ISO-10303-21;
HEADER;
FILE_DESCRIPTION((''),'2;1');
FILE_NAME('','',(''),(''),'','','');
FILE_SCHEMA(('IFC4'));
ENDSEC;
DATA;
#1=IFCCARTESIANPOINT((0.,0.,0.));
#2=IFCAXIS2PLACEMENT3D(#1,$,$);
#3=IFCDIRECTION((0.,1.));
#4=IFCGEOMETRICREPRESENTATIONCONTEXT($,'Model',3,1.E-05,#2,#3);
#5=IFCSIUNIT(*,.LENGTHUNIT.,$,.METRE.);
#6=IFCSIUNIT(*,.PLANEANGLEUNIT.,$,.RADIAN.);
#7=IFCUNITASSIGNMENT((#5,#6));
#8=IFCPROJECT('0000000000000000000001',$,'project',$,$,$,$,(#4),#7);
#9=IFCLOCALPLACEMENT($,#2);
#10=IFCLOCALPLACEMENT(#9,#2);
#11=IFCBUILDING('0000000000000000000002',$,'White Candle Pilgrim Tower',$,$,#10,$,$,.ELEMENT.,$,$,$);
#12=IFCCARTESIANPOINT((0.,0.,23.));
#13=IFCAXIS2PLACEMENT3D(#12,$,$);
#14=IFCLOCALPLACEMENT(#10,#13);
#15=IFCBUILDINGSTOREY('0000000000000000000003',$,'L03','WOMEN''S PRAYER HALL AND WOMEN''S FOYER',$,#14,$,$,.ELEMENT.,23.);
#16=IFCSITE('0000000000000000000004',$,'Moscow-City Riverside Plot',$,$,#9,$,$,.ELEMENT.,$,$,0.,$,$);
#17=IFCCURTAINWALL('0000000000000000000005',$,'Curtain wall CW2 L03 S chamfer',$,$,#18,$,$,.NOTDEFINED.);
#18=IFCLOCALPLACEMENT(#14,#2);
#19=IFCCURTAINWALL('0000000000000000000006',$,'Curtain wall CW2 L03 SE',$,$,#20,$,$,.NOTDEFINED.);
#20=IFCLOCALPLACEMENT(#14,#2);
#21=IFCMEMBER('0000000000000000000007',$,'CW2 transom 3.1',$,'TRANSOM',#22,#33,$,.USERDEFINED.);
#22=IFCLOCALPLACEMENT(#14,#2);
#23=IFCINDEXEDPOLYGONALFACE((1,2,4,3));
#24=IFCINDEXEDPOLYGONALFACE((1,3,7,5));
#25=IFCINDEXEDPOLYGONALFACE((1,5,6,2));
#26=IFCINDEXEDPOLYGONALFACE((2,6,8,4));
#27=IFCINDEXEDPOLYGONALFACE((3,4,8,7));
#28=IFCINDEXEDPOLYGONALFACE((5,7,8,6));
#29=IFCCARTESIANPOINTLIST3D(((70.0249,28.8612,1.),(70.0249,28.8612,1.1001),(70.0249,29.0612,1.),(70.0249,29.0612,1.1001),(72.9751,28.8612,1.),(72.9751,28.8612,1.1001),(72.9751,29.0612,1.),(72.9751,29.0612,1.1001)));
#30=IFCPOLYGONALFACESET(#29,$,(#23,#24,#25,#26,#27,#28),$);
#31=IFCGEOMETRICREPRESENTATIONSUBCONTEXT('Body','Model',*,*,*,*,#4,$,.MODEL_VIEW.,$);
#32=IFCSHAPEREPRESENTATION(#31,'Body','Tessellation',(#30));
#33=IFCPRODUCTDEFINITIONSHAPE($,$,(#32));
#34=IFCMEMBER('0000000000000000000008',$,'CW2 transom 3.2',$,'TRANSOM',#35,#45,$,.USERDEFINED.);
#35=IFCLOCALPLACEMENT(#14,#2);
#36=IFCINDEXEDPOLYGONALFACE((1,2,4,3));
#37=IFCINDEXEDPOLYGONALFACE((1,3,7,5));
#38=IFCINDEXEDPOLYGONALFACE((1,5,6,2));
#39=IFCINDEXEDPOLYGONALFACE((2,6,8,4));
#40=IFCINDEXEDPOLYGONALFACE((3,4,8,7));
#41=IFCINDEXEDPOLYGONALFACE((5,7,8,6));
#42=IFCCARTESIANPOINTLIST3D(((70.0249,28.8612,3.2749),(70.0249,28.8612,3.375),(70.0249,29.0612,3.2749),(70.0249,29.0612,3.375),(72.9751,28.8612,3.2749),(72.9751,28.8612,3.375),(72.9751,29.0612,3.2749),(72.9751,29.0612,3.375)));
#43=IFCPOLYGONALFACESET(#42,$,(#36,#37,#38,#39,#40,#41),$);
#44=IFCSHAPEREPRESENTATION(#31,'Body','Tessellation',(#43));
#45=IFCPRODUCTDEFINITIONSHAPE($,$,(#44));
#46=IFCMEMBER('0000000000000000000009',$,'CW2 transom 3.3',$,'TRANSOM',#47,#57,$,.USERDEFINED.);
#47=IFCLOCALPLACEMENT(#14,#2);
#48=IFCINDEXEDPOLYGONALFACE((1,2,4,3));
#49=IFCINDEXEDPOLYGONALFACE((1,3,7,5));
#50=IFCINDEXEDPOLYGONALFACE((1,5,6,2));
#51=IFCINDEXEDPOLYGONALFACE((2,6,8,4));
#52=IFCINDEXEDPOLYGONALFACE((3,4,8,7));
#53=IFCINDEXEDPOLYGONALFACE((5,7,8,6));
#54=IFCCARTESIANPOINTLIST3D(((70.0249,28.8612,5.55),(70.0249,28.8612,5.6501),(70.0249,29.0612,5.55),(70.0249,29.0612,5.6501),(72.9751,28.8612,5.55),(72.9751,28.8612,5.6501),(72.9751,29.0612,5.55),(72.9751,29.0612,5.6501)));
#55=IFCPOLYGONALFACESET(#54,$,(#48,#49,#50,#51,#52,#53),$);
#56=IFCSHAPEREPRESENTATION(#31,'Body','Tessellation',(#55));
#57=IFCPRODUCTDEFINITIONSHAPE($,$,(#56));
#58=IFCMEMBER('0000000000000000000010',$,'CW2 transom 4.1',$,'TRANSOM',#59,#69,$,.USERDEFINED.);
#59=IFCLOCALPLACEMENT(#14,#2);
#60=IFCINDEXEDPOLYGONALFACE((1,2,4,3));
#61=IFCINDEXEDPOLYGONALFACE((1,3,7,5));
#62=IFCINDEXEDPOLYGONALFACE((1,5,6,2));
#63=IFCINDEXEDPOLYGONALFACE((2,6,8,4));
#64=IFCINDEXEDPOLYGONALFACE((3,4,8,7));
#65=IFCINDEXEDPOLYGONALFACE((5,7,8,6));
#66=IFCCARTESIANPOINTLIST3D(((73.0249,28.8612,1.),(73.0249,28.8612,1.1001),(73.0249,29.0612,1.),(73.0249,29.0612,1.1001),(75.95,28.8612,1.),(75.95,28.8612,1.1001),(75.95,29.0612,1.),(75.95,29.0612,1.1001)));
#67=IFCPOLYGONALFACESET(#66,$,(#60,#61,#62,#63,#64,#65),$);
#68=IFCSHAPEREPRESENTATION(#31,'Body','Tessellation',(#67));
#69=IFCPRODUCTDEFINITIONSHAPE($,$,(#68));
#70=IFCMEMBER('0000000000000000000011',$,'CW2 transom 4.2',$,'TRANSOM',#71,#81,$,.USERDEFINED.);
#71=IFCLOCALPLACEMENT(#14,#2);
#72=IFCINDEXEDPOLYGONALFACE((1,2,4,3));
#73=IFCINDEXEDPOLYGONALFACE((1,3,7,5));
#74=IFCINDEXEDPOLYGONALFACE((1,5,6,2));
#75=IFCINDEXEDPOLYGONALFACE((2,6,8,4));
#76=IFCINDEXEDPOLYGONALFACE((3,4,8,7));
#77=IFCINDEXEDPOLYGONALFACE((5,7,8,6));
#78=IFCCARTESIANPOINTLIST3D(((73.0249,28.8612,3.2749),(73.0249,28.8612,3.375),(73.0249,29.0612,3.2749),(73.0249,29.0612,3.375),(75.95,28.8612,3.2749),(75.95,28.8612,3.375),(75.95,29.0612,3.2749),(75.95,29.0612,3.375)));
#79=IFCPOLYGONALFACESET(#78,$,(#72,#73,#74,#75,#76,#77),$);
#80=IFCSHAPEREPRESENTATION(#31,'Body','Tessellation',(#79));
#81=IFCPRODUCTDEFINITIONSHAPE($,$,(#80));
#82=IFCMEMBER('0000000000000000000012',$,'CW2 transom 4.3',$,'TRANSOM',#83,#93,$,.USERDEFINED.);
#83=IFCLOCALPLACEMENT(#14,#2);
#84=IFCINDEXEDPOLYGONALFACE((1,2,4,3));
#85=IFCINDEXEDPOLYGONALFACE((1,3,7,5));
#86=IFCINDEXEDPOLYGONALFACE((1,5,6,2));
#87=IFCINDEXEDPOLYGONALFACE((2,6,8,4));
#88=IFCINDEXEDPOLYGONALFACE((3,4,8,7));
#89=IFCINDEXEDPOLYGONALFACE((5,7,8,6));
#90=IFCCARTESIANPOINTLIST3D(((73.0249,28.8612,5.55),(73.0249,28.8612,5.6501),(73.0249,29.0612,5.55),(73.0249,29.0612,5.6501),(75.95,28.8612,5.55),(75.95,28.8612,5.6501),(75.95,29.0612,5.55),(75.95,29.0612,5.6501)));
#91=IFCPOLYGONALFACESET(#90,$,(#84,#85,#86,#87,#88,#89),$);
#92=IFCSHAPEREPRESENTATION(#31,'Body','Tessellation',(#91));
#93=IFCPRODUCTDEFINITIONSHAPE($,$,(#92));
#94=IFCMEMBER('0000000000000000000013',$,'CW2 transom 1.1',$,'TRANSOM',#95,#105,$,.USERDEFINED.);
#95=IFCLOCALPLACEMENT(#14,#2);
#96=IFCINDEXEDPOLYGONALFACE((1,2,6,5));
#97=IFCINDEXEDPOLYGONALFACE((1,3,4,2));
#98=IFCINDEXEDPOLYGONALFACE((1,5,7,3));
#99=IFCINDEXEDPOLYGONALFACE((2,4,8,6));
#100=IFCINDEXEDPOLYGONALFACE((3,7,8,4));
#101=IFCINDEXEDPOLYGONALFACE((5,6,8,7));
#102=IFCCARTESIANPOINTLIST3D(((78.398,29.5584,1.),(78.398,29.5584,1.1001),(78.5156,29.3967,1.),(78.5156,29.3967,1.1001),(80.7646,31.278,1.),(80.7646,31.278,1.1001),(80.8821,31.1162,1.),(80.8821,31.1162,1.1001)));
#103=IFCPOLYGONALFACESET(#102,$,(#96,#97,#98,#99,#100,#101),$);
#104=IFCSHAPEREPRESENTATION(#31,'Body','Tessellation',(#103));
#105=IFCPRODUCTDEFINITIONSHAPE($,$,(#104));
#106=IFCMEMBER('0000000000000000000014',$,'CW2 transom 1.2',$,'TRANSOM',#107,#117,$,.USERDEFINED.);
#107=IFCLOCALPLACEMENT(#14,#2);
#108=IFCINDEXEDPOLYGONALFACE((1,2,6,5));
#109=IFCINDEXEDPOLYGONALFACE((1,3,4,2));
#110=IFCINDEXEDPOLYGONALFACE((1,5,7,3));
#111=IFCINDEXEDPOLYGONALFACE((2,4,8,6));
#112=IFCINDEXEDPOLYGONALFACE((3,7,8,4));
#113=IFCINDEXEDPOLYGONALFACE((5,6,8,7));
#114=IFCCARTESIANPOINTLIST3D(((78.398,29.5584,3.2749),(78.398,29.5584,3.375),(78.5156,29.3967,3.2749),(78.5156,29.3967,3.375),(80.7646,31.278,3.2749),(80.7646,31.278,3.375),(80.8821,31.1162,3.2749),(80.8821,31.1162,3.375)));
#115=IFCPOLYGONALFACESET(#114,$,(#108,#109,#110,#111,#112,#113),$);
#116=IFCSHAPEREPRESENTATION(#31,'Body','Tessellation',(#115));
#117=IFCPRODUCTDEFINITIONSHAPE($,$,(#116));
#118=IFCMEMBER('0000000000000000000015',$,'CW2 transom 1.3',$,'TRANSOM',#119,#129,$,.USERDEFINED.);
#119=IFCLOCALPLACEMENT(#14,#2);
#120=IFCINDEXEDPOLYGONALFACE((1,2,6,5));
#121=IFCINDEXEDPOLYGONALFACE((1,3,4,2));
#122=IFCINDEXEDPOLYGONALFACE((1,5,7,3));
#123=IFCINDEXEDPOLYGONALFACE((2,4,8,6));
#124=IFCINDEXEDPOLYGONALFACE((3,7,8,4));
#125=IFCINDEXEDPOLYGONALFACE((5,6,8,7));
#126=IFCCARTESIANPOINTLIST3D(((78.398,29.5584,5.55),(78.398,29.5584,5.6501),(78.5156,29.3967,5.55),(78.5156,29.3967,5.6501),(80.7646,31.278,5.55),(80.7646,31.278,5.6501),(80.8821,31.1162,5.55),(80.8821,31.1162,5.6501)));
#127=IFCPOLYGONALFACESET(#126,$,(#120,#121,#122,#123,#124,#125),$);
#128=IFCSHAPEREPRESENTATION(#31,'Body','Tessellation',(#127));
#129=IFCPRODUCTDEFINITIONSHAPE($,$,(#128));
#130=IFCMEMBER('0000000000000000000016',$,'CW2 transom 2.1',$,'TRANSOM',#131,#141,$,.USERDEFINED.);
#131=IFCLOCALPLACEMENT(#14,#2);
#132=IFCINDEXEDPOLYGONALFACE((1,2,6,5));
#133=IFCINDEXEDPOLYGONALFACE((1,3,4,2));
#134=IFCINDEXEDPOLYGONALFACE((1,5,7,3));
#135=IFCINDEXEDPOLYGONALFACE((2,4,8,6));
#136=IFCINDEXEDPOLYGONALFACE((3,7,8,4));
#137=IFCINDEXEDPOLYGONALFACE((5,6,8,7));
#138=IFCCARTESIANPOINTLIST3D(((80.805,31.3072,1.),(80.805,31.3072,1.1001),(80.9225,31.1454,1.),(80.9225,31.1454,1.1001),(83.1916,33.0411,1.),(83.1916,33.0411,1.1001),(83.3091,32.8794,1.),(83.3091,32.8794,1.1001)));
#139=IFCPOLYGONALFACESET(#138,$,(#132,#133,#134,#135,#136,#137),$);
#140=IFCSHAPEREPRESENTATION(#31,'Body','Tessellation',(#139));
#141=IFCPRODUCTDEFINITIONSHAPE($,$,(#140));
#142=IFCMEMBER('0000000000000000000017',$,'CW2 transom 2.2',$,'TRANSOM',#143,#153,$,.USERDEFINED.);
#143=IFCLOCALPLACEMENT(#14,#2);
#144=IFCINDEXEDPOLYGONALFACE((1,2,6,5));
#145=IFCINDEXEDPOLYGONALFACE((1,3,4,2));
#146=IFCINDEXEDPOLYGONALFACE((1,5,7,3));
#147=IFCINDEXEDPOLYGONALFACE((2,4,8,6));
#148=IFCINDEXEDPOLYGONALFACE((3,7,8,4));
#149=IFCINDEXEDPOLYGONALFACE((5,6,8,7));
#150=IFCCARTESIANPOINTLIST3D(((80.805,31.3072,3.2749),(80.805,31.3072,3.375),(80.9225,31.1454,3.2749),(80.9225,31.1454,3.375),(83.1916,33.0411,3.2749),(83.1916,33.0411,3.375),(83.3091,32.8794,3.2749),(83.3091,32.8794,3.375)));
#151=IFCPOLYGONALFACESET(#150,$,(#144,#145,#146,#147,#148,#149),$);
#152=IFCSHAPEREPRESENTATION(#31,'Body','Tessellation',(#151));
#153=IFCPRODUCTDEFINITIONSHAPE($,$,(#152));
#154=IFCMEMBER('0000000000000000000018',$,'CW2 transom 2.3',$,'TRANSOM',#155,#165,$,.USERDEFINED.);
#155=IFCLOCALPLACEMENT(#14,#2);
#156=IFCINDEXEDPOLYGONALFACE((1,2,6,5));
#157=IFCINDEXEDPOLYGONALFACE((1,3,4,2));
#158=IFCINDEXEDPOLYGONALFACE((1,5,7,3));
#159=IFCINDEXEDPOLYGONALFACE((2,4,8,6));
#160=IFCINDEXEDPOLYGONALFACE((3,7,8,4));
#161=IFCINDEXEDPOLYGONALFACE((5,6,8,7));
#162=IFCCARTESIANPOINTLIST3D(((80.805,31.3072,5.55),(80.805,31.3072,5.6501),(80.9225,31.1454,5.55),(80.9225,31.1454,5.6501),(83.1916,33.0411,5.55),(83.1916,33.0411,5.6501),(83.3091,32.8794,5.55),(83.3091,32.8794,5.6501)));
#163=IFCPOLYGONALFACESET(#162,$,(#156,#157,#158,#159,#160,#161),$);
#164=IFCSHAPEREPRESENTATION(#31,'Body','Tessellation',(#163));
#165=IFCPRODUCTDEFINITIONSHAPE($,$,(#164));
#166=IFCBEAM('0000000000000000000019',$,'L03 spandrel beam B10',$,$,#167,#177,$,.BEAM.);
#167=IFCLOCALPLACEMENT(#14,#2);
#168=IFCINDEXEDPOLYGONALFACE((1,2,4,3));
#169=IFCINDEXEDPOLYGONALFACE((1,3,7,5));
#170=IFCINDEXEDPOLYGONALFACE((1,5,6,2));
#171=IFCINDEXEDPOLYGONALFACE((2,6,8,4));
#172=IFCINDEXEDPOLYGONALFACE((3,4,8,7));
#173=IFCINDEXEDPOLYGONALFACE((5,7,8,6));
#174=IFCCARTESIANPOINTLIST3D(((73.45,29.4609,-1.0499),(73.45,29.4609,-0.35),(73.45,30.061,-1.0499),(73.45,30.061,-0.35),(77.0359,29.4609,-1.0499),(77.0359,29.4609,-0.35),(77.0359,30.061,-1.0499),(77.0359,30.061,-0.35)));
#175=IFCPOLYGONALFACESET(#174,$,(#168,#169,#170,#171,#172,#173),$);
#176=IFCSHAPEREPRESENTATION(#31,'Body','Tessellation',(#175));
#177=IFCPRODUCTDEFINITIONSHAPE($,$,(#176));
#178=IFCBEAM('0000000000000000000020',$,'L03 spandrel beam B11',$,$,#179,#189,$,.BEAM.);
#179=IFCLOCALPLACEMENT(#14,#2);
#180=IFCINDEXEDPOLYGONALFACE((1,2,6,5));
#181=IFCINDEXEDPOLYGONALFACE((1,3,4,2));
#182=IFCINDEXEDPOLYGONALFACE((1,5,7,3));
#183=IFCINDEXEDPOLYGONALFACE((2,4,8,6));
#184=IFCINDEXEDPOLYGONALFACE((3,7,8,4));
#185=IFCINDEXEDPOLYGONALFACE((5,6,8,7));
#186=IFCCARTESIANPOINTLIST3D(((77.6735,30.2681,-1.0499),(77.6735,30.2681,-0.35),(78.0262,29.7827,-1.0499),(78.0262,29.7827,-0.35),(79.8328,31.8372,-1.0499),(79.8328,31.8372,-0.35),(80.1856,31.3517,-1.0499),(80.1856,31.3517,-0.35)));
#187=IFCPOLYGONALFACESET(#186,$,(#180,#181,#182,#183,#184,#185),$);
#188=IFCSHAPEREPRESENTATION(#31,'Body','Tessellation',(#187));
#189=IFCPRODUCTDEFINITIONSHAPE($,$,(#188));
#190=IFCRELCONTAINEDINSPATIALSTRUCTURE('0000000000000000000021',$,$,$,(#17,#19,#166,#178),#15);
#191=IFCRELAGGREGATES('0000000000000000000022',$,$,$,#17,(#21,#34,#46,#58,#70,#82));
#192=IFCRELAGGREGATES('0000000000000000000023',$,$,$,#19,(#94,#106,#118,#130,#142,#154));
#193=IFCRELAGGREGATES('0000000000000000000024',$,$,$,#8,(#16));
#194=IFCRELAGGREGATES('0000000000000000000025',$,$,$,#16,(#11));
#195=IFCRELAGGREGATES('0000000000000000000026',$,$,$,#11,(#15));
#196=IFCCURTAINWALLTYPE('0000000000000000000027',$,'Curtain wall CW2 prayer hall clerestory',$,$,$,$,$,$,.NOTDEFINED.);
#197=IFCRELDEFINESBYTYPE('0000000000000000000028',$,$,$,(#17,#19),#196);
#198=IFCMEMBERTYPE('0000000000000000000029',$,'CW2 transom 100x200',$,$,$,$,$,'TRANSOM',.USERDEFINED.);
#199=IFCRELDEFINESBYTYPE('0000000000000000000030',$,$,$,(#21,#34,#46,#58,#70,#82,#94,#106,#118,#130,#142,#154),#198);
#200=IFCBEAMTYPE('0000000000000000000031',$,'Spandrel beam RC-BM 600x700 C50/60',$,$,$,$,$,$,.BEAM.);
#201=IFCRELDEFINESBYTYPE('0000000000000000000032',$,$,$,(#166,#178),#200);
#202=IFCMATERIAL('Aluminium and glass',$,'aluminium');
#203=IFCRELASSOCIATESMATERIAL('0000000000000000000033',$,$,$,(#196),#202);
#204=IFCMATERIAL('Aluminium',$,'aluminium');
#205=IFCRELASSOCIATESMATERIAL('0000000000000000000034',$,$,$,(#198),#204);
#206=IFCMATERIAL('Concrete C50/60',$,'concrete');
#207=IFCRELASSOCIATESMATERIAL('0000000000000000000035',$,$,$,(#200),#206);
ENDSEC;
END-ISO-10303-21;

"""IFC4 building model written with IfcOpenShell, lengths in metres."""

from ifc_helpers import new_model, si_unit, direction, frame, origin, origin_2d, place, context, subcontext, project, spatial, rectangle, extrude, material, material_profile, profile_set, type_object, element, aggregate, save


model = new_model("IFC4")

# Units and contexts
model_context = context("Model", 3, precision=1e-05, world=origin(), true_north=direction((0.0, 1.0)))
body_context = subcontext(model_context, "Body", "Model", "MODEL_VIEW")
ifc_project = project(units=[si_unit("LENGTHUNIT", "METRE"), si_unit("PLANEANGLEUNIT", "RADIAN")], contexts=[model_context])

# Site, building, storey
site_placement = place(None, origin())
site = spatial("IfcSite", under=ifc_project, at=site_placement, Name="Moscow-City Riverside Plot", CompositionType="ELEMENT", RefElevation=0.0)
building_placement = place(site_placement, origin())
building = spatial("IfcBuilding", under=site, at=building_placement, Name="White Candle Pilgrim Tower", CompositionType="ELEMENT")
storey_placement = place(building_placement, frame((0.0, 0.0, 23.0)))
storey = spatial("IfcBuildingStorey", under=building, at=storey_placement, Name="L03", Description="WOMEN'S PRAYER HALL AND WOMEN'S FOYER", CompositionType="ELEMENT", Elevation=23.0)

# Curtain walls
ifc_material_1 = material(Name="Aluminium and glass", Category="aluminium")
curtain_wall_type = type_object("IfcCurtainWallType", Name="Curtain wall CW2 prayer hall clerestory", PredefinedType="NOTDEFINED", material=ifc_material_1)
curtain_wall_1_placement = place(storey_placement, origin())
curtain_wall_1 = element("IfcCurtainWall", 1, at=curtain_wall_1_placement, inside=storey, type_object=curtain_wall_type, Name="Curtain wall CW2 L03 S chamfer", PredefinedType="NOTDEFINED")
ifc_material_2 = material(Name="Aluminium", Category="aluminium")
curtain_wall_2_placement = place(storey_placement, origin())
curtain_wall_2 = element("IfcCurtainWall", 2, at=curtain_wall_2_placement, inside=storey, type_object=curtain_wall_type, Name="Curtain wall CW2 L03 SE", PredefinedType="NOTDEFINED")

# Members
ifc_material_profile_1 = material_profile(ifc_material_2, rectangle(XDim=0.2, YDim=0.1001, at=origin_2d()), Name="CW2 transom 100x200")
ifc_profile_set_1 = profile_set([ifc_material_profile_1], Name="Aluminium")
member_type_1 = type_object("IfcMemberType", Name="CW2 transom 100x200", ElementType="TRANSOM", PredefinedType="USERDEFINED", material=ifc_profile_set_1)
member_1_placement = place(storey_placement, frame((70.0249, 28.9612, 1.05), z_axis=(1.0, 0.0, 0.0), x_axis=(0.0, 1.0, 0.0)))
member_1 = element("IfcMember", 3, at=member_1_placement, type_object=member_type_1, Name="CW2 transom 3.1", ObjectType="TRANSOM", PredefinedType="USERDEFINED", context=body_context, shape_type="SweptSolid", body=[
    extrude(rectangle(XDim=0.2, YDim=0.1001, at=origin_2d()), origin(), (0.0, 0.0, 1.0), 2.9502),
])
member_2_placement = place(storey_placement, frame((70.0249, 28.9612, 3.325), z_axis=(1.0, 0.0, 0.0), x_axis=(0.0, 1.0, 0.0)))
member_2 = element("IfcMember", 4, at=member_2_placement, type_object=member_type_1, Name="CW2 transom 3.2", ObjectType="TRANSOM", PredefinedType="USERDEFINED", context=body_context, shape_type="SweptSolid", body=[
    extrude(rectangle(XDim=0.2, YDim=0.1001, at=origin_2d()), origin(), (0.0, 0.0, 1.0), 2.9502),
])
member_3_placement = place(storey_placement, frame((70.0249, 28.9612, 5.6001), z_axis=(1.0, 0.0, 0.0), x_axis=(0.0, 1.0, 0.0)))
member_3 = element("IfcMember", 5, at=member_3_placement, type_object=member_type_1, Name="CW2 transom 3.3", ObjectType="TRANSOM", PredefinedType="USERDEFINED", context=body_context, shape_type="SweptSolid", body=[
    extrude(rectangle(XDim=0.2, YDim=0.1001, at=origin_2d()), origin(), (0.0, 0.0, 1.0), 2.9502),
])
member_4_placement = place(storey_placement, frame((73.0249, 28.9612, 1.05), z_axis=(1.0, 0.0, 0.0), x_axis=(0.0, 1.0, 0.0)))
member_4 = element("IfcMember", 6, at=member_4_placement, type_object=member_type_1, Name="CW2 transom 4.1", ObjectType="TRANSOM", PredefinedType="USERDEFINED", context=body_context, shape_type="SweptSolid", body=[
    extrude(rectangle(XDim=0.2, YDim=0.1001, at=origin_2d()), origin(), (0.0, 0.0, 1.0), 2.925),
])
member_5_placement = place(storey_placement, frame((73.0249, 28.9612, 3.325), z_axis=(1.0, 0.0, 0.0), x_axis=(0.0, 1.0, 0.0)))
member_5 = element("IfcMember", 7, at=member_5_placement, type_object=member_type_1, Name="CW2 transom 4.2", ObjectType="TRANSOM", PredefinedType="USERDEFINED", context=body_context, shape_type="SweptSolid", body=[
    extrude(rectangle(XDim=0.2, YDim=0.1001, at=origin_2d()), origin(), (0.0, 0.0, 1.0), 2.925),
])
member_6_placement = place(storey_placement, frame((73.0249, 28.9612, 5.6001), z_axis=(1.0, 0.0, 0.0), x_axis=(0.0, 1.0, 0.0)))
member_6 = element("IfcMember", 8, at=member_6_placement, type_object=member_type_1, Name="CW2 transom 4.3", ObjectType="TRANSOM", PredefinedType="USERDEFINED", context=body_context, shape_type="SweptSolid", body=[
    extrude(rectangle(XDim=0.2, YDim=0.1001, at=origin_2d()), origin(), (0.0, 0.0, 1.0), 2.925),
])
member_7_placement = place(storey_placement, frame((78.4568, 29.4775, 1.05), z_axis=(0.808992, 0.587819, 0.0), x_axis=(-0.587819, 0.808992, 0.0)))
member_7 = element("IfcMember", 9, at=member_7_placement, type_object=member_type_1, Name="CW2 transom 1.1", ObjectType="TRANSOM", PredefinedType="USERDEFINED", context=body_context, shape_type="SweptSolid", body=[
    extrude(rectangle(XDim=0.2, YDim=0.1001, at=origin_2d()), origin(), (0.0, 0.0, 1.0), 2.9253),
])
member_8_placement = place(storey_placement, frame((78.4568, 29.4775, 3.325), z_axis=(0.808992, 0.587819, 0.0), x_axis=(-0.587819, 0.808992, 0.0)))
member_8 = element("IfcMember", 10, at=member_8_placement, type_object=member_type_1, Name="CW2 transom 1.2", ObjectType="TRANSOM", PredefinedType="USERDEFINED", context=body_context, shape_type="SweptSolid", body=[
    extrude(rectangle(XDim=0.2, YDim=0.1001, at=origin_2d()), origin(), (0.0, 0.0, 1.0), 2.9253),
])
member_9_placement = place(storey_placement, frame((78.4568, 29.4775, 5.6001), z_axis=(0.808992, 0.587819, 0.0), x_axis=(-0.587819, 0.808992, 0.0)))
member_9 = element("IfcMember", 11, at=member_9_placement, type_object=member_type_1, Name="CW2 transom 1.3", ObjectType="TRANSOM", PredefinedType="USERDEFINED", context=body_context, shape_type="SweptSolid", body=[
    extrude(rectangle(XDim=0.2, YDim=0.1001, at=origin_2d()), origin(), (0.0, 0.0, 1.0), 2.9253),
])
member_10_placement = place(storey_placement, frame((80.8638, 31.2263, 1.05), z_axis=(0.809015, 0.587788, 0.0), x_axis=(-0.587788, 0.809015, 0.0)))
member_10 = element("IfcMember", 12, at=member_10_placement, type_object=member_type_1, Name="CW2 transom 2.1", ObjectType="TRANSOM", PredefinedType="USERDEFINED", context=body_context, shape_type="SweptSolid", body=[
    extrude(rectangle(XDim=0.2, YDim=0.1001, at=origin_2d()), origin(), (0.0, 0.0, 1.0), 2.95),
])
member_11_placement = place(storey_placement, frame((80.8638, 31.2263, 3.325), z_axis=(0.809015, 0.587788, 0.0), x_axis=(-0.587788, 0.809015, 0.0)))
member_11 = element("IfcMember", 13, at=member_11_placement, type_object=member_type_1, Name="CW2 transom 2.2", ObjectType="TRANSOM", PredefinedType="USERDEFINED", context=body_context, shape_type="SweptSolid", body=[
    extrude(rectangle(XDim=0.2, YDim=0.1001, at=origin_2d()), origin(), (0.0, 0.0, 1.0), 2.95),
])
member_12_placement = place(storey_placement, frame((80.8638, 31.2263, 5.6001), z_axis=(0.809015, 0.587788, 0.0), x_axis=(-0.587788, 0.809015, 0.0)))
member_12 = element("IfcMember", 14, at=member_12_placement, type_object=member_type_1, Name="CW2 transom 2.3", ObjectType="TRANSOM", PredefinedType="USERDEFINED", context=body_context, shape_type="SweptSolid", body=[
    extrude(rectangle(XDim=0.2, YDim=0.1001, at=origin_2d()), origin(), (0.0, 0.0, 1.0), 2.95),
])

# Beams
ifc_material_3 = material(Name="Concrete C50/60", Category="concrete")
ifc_material_profile_2 = material_profile(ifc_material_3, rectangle(XDim=0.6001, YDim=0.7, at=origin_2d()), Name="RC-BM 600x700")
ifc_profile_set_2 = profile_set([ifc_material_profile_2], Name="Concrete C50/60")
beam_type = type_object("IfcBeamType", Name="Spandrel beam RC-BM 600x700 C50/60", PredefinedType="BEAM", material=ifc_profile_set_2)
beam_1_placement = place(storey_placement, frame((73.45, 29.761, -0.7), z_axis=(1.0, 0.0, 0.0), x_axis=(0.0, 1.0, 0.0)))
element("IfcBeam", 15, at=beam_1_placement, inside=storey, type_object=beam_type, Name="L03 spandrel beam B10", PredefinedType="BEAM", context=body_context, shape_type="SweptSolid", body=[
    extrude(rectangle(XDim=0.6001, YDim=0.7, at=origin_2d()), origin(), (0.0, 0.0, 1.0), 3.5859),
])
beam_2_placement = place(storey_placement, frame((77.8499, 30.0254, -0.7), z_axis=(0.808985, 0.587829, 0.0), x_axis=(-0.587829, 0.808985, 0.0)))
element("IfcBeam", 16, at=beam_2_placement, inside=storey, type_object=beam_type, Name="L03 spandrel beam B11", PredefinedType="BEAM", context=body_context, shape_type="SweptSolid", body=[
    extrude(rectangle(XDim=0.6001, YDim=0.7, at=origin_2d()), origin(), (0.0, 0.0, 1.0), 2.6692),
])

aggregate(curtain_wall_1, [member_1, member_2, member_3, member_4, member_5, member_6])
aggregate(curtain_wall_2, [member_7, member_8, member_9, member_10, member_11, member_12])

save(model, "model.ifc")
